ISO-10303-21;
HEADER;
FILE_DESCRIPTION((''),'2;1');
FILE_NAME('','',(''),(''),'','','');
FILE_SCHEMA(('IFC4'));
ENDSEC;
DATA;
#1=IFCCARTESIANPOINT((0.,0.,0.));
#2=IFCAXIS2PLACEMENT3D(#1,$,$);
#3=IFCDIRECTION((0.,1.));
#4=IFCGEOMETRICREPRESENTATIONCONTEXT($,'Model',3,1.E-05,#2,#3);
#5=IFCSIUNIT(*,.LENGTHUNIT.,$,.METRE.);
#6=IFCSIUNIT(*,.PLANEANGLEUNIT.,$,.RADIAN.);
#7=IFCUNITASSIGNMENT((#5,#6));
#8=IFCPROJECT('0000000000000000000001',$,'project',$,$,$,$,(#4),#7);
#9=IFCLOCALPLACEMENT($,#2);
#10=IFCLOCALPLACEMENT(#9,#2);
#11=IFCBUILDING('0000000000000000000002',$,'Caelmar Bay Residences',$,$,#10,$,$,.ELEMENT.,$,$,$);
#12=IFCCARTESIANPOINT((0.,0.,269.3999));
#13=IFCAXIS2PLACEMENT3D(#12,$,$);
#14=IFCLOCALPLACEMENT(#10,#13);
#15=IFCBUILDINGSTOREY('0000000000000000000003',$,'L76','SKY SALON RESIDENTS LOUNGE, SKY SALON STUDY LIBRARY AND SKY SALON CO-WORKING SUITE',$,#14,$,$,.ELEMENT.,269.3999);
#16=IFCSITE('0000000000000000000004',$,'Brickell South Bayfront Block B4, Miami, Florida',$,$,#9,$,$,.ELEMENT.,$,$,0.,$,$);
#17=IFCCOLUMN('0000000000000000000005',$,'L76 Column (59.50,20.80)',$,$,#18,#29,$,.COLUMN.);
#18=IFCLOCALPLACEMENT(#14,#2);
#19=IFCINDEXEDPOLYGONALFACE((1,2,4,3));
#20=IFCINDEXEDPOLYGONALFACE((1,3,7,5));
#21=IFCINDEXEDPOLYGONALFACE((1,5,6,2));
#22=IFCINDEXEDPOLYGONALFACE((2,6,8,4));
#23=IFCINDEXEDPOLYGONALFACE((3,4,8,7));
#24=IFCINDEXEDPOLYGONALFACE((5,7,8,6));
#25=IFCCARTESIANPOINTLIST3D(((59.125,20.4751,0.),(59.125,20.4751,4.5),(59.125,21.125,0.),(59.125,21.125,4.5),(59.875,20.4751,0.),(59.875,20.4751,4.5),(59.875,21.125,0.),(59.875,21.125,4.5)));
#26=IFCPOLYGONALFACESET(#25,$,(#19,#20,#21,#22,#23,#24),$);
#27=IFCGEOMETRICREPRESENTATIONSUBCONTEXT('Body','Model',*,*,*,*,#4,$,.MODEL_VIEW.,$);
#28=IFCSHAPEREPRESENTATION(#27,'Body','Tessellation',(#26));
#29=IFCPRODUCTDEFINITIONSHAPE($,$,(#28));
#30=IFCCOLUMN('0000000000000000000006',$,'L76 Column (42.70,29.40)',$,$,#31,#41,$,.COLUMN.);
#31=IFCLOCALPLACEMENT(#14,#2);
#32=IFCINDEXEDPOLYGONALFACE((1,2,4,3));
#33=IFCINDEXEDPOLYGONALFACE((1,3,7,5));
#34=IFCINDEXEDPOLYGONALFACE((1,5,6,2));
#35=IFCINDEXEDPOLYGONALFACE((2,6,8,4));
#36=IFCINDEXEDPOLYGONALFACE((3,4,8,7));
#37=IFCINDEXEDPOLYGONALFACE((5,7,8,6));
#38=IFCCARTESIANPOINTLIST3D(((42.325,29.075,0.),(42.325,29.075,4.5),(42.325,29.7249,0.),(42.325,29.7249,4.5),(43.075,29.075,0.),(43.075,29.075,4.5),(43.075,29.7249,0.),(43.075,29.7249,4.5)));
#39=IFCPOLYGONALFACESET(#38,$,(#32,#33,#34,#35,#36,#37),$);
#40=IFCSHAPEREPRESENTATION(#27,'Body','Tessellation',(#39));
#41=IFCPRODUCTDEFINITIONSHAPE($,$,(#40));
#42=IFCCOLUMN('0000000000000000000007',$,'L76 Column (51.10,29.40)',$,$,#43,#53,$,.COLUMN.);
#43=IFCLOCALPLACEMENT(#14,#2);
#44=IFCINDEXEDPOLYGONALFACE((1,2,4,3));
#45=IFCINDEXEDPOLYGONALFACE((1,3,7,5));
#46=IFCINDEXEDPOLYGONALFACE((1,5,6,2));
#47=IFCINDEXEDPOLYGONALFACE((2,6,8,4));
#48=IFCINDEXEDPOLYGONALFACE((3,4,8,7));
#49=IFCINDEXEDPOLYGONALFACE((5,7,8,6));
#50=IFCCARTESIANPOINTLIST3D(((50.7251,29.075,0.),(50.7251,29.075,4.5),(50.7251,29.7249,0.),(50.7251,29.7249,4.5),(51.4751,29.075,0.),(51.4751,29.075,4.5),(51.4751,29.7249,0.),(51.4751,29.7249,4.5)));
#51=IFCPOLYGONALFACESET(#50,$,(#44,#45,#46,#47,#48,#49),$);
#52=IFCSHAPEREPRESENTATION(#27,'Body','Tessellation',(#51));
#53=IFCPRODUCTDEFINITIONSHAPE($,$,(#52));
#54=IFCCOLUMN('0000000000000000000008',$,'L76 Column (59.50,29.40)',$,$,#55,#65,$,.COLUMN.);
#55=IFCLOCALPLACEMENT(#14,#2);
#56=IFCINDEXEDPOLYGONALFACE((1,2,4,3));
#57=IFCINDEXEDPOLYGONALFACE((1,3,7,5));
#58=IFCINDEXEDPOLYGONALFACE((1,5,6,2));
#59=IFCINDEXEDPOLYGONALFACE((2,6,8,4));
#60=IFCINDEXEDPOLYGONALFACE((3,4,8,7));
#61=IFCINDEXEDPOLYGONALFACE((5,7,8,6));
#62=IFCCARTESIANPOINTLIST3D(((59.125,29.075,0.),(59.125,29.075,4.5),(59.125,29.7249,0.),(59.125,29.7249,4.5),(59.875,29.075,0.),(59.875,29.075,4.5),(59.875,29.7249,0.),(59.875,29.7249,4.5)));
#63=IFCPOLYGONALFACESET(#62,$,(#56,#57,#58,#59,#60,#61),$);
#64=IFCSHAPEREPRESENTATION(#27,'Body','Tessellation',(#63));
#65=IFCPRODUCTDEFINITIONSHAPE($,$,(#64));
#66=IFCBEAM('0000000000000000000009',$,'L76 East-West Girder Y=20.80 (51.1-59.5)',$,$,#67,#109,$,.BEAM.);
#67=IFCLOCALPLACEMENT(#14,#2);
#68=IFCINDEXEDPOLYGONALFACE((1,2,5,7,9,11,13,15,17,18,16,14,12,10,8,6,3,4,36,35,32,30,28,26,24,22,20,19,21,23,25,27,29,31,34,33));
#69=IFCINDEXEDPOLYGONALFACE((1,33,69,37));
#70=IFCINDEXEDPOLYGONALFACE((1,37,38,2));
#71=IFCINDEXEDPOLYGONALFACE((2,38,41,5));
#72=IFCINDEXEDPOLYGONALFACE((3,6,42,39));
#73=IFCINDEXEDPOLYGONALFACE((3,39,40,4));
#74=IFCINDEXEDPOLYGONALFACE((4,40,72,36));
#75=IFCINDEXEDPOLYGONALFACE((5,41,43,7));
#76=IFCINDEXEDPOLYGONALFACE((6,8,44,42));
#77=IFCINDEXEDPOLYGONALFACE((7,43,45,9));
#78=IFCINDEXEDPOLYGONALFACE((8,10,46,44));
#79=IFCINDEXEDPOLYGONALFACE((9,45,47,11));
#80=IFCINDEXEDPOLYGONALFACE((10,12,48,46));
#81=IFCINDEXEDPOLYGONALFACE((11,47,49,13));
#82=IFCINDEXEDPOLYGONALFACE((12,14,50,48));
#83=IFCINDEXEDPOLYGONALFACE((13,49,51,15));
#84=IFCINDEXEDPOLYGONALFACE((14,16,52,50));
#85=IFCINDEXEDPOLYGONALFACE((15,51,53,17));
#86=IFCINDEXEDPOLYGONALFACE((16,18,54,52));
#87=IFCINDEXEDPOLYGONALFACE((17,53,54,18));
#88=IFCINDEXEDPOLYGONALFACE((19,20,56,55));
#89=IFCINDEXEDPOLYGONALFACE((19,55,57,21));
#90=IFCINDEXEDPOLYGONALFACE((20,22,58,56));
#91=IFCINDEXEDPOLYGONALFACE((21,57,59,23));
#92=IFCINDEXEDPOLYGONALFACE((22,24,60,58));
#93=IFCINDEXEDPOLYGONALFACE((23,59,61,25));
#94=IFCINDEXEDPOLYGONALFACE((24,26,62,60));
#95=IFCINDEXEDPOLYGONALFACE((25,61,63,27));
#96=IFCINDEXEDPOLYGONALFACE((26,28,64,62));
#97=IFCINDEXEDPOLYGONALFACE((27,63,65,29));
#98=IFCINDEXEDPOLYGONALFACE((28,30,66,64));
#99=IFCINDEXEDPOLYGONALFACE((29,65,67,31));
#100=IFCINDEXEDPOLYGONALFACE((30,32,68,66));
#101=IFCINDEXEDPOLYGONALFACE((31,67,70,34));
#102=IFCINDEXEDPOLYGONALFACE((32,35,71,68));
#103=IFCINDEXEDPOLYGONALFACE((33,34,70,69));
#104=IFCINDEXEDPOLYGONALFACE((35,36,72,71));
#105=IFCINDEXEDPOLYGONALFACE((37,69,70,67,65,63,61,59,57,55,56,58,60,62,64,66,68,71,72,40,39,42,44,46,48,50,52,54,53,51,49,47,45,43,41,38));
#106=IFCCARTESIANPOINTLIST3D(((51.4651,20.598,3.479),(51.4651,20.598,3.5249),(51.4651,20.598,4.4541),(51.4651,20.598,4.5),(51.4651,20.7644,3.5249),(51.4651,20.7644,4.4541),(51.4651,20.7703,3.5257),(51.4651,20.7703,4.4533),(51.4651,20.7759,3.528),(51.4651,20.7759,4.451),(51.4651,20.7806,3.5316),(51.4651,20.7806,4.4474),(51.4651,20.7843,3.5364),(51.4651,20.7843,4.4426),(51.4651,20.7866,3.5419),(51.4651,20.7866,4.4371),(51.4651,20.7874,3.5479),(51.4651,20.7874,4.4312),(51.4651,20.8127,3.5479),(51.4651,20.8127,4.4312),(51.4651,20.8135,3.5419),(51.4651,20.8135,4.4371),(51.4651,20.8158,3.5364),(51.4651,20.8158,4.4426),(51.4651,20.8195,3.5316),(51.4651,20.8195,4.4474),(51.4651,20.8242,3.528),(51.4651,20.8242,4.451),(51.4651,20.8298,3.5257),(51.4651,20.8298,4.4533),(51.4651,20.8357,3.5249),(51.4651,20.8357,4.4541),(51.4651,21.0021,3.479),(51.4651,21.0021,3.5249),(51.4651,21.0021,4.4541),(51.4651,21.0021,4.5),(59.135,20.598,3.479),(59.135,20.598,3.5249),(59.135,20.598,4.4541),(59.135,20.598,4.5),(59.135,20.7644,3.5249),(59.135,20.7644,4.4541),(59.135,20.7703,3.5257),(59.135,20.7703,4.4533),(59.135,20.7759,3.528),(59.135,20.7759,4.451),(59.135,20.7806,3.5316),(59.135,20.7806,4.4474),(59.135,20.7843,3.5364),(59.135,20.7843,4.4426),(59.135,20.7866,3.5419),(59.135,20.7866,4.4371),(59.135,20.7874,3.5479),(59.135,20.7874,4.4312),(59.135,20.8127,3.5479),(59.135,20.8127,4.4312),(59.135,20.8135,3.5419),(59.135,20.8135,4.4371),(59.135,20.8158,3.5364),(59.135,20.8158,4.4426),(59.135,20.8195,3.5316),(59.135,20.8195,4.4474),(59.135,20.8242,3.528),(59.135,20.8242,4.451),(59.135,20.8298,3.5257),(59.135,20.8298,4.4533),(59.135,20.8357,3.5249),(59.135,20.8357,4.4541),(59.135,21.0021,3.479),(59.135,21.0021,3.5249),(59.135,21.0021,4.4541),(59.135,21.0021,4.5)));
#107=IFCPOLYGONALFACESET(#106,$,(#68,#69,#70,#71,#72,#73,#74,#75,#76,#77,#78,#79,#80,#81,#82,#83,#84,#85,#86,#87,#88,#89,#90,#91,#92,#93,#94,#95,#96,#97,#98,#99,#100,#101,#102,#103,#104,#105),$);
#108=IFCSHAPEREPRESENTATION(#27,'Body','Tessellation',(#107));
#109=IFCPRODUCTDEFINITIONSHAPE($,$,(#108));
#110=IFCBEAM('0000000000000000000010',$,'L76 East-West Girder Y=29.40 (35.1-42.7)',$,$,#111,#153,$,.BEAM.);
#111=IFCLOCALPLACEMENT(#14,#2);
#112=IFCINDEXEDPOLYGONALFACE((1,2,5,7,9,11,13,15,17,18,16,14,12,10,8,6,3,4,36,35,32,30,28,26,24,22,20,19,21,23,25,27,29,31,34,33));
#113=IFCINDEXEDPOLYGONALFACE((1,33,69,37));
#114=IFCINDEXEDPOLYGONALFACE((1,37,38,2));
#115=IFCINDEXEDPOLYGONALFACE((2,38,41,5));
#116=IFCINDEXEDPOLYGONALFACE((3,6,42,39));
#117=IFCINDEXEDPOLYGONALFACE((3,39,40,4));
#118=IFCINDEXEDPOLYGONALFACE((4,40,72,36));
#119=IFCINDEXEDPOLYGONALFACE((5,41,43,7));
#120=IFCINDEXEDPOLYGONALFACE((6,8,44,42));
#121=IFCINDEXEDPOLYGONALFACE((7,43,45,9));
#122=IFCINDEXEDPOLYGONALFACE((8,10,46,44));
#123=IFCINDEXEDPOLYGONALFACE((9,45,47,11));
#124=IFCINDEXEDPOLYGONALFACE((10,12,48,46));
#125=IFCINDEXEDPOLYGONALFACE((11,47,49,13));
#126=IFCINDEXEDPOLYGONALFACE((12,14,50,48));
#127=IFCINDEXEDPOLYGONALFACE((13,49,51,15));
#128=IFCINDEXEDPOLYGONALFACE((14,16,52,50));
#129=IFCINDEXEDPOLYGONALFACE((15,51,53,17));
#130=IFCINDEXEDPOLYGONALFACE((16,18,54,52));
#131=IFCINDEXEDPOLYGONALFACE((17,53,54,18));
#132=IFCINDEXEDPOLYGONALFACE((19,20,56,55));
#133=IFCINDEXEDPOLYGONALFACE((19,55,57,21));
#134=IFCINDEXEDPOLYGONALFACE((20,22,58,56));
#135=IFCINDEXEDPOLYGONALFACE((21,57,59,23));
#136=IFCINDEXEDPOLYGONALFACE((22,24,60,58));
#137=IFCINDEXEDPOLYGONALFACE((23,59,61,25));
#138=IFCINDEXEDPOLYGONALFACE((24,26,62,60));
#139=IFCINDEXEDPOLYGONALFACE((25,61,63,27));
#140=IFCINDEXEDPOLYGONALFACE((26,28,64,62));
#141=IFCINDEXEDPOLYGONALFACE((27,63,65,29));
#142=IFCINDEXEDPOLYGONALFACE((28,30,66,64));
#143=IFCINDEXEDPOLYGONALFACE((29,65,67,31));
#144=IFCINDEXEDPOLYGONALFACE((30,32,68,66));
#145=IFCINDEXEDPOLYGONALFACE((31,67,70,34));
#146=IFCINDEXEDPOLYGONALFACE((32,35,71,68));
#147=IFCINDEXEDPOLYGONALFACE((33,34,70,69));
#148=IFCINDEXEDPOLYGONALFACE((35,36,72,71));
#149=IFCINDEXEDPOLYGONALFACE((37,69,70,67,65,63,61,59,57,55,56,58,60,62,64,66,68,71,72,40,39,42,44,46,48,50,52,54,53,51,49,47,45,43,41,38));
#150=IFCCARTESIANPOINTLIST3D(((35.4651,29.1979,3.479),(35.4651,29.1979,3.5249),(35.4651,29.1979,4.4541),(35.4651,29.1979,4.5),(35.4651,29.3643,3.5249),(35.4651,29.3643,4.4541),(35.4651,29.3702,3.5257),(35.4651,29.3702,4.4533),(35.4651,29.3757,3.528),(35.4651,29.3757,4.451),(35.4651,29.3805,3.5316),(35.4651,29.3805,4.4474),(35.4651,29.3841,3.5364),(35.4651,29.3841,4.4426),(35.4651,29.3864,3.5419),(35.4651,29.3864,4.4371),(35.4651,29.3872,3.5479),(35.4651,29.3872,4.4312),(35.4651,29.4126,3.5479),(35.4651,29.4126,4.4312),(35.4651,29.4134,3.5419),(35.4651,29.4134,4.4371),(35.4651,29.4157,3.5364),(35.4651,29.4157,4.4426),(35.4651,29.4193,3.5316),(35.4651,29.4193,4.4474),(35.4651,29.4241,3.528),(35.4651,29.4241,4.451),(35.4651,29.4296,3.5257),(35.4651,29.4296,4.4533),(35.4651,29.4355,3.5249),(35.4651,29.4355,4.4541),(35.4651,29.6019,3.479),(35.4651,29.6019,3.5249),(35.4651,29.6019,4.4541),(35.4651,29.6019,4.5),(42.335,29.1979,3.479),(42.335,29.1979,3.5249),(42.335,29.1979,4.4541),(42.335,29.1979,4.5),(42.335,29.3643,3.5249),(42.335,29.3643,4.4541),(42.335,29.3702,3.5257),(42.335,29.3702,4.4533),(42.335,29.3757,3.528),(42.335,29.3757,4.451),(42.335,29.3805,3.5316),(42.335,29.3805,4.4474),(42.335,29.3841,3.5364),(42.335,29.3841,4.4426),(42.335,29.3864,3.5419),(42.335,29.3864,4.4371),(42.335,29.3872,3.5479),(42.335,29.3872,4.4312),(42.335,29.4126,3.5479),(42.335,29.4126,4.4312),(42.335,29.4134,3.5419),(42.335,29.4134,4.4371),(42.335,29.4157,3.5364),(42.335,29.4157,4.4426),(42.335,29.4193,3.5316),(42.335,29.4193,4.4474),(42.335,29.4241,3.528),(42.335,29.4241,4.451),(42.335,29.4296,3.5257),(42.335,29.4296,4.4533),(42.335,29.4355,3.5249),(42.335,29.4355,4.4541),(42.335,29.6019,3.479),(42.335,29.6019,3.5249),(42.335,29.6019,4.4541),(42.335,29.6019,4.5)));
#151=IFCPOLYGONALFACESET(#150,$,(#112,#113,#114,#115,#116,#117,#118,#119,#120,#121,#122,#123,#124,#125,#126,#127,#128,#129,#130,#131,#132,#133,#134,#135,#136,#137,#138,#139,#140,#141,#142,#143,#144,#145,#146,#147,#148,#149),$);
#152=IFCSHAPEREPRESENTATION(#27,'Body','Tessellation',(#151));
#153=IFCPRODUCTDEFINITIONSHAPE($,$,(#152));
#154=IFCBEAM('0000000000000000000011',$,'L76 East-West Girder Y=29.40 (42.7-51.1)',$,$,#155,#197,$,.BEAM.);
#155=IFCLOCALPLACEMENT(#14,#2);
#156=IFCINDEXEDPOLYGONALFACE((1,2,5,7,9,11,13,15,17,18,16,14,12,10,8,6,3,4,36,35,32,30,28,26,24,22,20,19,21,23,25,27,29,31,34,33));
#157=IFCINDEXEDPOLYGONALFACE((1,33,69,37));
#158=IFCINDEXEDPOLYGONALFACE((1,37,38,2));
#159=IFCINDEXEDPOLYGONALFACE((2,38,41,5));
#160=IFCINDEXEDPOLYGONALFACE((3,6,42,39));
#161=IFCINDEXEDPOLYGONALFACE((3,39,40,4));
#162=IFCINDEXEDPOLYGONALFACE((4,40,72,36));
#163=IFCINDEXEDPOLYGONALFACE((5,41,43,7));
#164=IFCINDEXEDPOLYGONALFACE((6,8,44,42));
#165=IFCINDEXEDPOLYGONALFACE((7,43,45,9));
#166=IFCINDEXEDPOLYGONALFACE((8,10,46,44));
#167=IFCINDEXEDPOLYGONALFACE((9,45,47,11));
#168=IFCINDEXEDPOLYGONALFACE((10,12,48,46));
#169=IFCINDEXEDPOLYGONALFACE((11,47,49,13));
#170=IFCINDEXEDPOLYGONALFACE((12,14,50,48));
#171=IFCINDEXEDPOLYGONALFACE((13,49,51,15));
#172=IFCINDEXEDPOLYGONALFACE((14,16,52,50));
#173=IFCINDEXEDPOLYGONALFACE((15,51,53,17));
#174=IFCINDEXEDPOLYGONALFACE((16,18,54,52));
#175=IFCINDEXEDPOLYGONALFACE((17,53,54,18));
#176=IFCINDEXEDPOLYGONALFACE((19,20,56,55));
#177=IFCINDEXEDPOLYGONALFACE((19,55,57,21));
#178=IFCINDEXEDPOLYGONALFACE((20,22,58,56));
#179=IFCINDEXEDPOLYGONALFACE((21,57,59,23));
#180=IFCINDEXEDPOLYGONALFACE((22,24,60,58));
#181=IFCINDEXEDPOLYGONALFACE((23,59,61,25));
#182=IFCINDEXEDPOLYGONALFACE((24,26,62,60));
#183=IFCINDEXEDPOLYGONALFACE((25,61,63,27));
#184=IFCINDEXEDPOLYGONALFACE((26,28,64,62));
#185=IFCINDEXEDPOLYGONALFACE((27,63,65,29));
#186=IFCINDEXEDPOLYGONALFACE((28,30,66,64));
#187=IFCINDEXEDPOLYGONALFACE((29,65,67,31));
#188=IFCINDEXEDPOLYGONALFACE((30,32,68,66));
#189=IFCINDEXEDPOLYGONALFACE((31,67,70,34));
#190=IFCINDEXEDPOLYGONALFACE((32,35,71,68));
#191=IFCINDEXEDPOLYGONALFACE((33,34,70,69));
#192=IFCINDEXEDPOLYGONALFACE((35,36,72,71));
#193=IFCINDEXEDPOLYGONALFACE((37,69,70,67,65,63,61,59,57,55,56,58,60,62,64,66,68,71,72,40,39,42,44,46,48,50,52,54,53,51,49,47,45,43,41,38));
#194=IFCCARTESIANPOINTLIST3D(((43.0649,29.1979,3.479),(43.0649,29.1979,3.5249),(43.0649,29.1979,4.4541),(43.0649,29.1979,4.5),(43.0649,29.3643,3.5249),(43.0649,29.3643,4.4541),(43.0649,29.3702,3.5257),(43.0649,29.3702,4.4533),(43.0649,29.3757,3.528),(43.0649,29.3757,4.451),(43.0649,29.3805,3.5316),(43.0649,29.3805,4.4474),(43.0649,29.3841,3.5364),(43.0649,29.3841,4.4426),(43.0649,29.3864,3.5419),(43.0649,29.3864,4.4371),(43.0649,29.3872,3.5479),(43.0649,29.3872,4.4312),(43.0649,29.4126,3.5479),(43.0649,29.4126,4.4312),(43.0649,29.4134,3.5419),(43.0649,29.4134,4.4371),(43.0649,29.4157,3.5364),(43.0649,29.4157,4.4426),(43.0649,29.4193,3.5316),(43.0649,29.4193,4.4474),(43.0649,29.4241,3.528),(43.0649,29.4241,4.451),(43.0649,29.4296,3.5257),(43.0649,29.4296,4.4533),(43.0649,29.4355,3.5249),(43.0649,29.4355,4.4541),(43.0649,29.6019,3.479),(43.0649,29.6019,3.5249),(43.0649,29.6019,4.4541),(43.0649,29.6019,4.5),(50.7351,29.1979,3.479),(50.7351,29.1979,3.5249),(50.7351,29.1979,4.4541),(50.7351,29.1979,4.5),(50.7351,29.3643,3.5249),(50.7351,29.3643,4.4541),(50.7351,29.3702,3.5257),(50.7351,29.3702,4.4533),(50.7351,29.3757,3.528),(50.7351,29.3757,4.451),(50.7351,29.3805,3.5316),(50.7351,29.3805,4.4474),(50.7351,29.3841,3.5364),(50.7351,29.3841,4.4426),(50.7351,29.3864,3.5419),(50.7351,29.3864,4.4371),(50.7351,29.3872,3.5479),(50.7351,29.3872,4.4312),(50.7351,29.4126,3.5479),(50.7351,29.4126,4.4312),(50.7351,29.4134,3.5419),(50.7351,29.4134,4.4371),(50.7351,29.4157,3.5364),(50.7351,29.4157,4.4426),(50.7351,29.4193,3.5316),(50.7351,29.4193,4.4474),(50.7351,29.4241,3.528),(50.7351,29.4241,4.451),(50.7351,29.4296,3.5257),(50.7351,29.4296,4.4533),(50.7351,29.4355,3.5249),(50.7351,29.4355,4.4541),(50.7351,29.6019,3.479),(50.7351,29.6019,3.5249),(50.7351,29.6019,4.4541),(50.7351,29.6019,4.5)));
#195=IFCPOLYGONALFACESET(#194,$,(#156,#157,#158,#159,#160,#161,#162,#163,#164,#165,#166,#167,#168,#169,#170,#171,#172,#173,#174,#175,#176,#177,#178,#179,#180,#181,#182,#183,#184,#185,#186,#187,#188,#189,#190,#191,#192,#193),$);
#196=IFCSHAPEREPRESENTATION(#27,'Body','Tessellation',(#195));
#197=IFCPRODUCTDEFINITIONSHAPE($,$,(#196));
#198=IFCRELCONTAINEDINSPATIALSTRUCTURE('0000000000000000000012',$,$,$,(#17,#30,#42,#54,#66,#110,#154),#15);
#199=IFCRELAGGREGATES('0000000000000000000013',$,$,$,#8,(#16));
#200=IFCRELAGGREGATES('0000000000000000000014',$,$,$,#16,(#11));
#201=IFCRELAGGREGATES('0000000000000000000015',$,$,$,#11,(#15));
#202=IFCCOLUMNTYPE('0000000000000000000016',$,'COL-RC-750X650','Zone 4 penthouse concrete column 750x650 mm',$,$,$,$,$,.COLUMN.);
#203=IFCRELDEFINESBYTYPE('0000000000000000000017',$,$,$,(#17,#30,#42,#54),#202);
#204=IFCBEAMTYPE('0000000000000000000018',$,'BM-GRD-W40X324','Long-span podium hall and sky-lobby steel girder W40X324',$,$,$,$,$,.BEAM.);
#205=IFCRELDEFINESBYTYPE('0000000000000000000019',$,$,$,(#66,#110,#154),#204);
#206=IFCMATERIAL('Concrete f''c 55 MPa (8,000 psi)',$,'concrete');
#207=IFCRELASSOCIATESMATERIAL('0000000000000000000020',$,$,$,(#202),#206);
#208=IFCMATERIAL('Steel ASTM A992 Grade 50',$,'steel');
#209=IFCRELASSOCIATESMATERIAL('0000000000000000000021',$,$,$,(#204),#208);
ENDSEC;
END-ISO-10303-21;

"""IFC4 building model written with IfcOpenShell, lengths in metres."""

from ifc_helpers import new_model, si_unit, direction, frame, origin, origin_2d, place, context, subcontext, project, spatial, rectangle, i_section, extrude, material, material_profile, profile_set, type_object, element, save


model = new_model("IFC4")

# Units and contexts
model_context = context("Model", 3, precision=1e-05, world=origin(), true_north=direction((0.0, 1.0)))
body_context = subcontext(model_context, "Body", "Model", "MODEL_VIEW")
ifc_project = project(units=[si_unit("LENGTHUNIT", "METRE"), si_unit("PLANEANGLEUNIT", "RADIAN")], contexts=[model_context])

# Site, building, storey
site_placement = place(None, origin())
site = spatial("IfcSite", under=ifc_project, at=site_placement, Name="Brickell South Bayfront Block B4, Miami, Florida", CompositionType="ELEMENT", RefElevation=0.0)
building_placement = place(site_placement, origin())
building = spatial("IfcBuilding", under=site, at=building_placement, Name="Caelmar Bay Residences", CompositionType="ELEMENT")
storey_placement = place(building_placement, frame((0.0, 0.0, 269.3999)))
storey = spatial("IfcBuildingStorey", under=building, at=storey_placement, Name="L76", Description="SKY SALON RESIDENTS LOUNGE, SKY SALON STUDY LIBRARY AND SKY SALON CO-WORKING SUITE", CompositionType="ELEMENT", Elevation=269.3999)

# Columns
ifc_material_1 = material(Name="Concrete f'c 55 MPa (8,000 psi)", Category="concrete")
ifc_material_profile_1 = material_profile(ifc_material_1, rectangle(XDim=0.75, YDim=0.6499, at=origin_2d()), Name="RC-COL-750X650")
ifc_profile_set_1 = profile_set([ifc_material_profile_1], Name="Concrete f'c 55 MPa (8,000 psi)")
column_type = type_object("IfcColumnType", Name="COL-RC-750X650", Description="Zone 4 penthouse concrete column 750x650 mm", PredefinedType="COLUMN", material=ifc_profile_set_1)
for number, where, z_axis, x_axis, name in (
    (1, (59.5, 20.8, 0.0), (0.0, 0.0, 1.0), (1.0, 0.0, 0.0), "L76 Column (59.50,20.80)"),
    (2, (42.7, 29.3999, 0.0), (0.0, 0.0, 1.0), (1.0, 0.0, 0.0), "L76 Column (42.70,29.40)"),
    (3, (51.1001, 29.3999, 0.0), (0.0, 0.0, 1.0), (1.0, 0.0, 0.0), "L76 Column (51.10,29.40)"),
    (4, (59.5, 29.3999, 0.0), (0.0, 0.0, 1.0), (1.0, 0.0, 0.0), "L76 Column (59.50,29.40)"),
):
    element("IfcColumn", number, at=place(storey_placement, frame(where, z_axis=z_axis, x_axis=x_axis)), inside=storey, type_object=column_type, Name=name, PredefinedType="COLUMN", context=body_context, shape_type="SweptSolid", body=[
        extrude(rectangle(XDim=0.75, YDim=0.6499, at=origin_2d()), origin(), (0.0, 0.0, 1.0), 4.5),
    ])

# Beams
ifc_material_2 = material(Name="Steel ASTM A992 Grade 50", Category="steel")
ifc_material_profile_2 = material_profile(ifc_material_2, i_section(OverallWidth=0.4041, OverallDepth=1.021, WebThickness=0.0254, FlangeThickness=0.0459, FilletRadius=0.0229, at=origin_2d()), Name="W40X324")
ifc_profile_set_2 = profile_set([ifc_material_profile_2], Name="Steel ASTM A992 Grade 50")
beam_type_1 = type_object("IfcBeamType", Name="BM-GRD-W40X324", Description="Long-span podium hall and sky-lobby steel girder W40X324", PredefinedType="BEAM", material=ifc_profile_set_2)
beam_1_placement = place(storey_placement, frame((51.4651, 20.8, 3.9895), z_axis=(1.0, 0.0, 0.0), x_axis=(0.0, 1.0, 0.0)))
element("IfcBeam", 5, at=beam_1_placement, inside=storey, type_object=beam_type_1, Name="L76 East-West Girder Y=20.80 (51.1-59.5)", PredefinedType="BEAM", context=body_context, shape_type="SweptSolid", body=[
    extrude(i_section(OverallWidth=0.4041, OverallDepth=1.021, WebThickness=0.0254, FlangeThickness=0.0459, FilletRadius=0.0229, at=origin_2d()), origin(), (0.0, 0.0, 1.0), 7.6699),
])
beam_2_placement = place(storey_placement, frame((35.4651, 29.3999, 3.9895), z_axis=(1.0, 0.0, 0.0), x_axis=(0.0, 1.0, 0.0)))
element("IfcBeam", 6, at=beam_2_placement, inside=storey, type_object=beam_type_1, Name="L76 East-West Girder Y=29.40 (35.1-42.7)", PredefinedType="BEAM", context=body_context, shape_type="SweptSolid", body=[
    extrude(i_section(OverallWidth=0.4041, OverallDepth=1.021, WebThickness=0.0254, FlangeThickness=0.0459, FilletRadius=0.0229, at=origin_2d()), origin(), (0.0, 0.0, 1.0), 6.8699),
])
beam_3_placement = place(storey_placement, frame((43.0649, 29.3999, 3.9895), z_axis=(1.0, 0.0, 0.0), x_axis=(0.0, 1.0, 0.0)))
element("IfcBeam", 7, at=beam_3_placement, inside=storey, type_object=beam_type_1, Name="L76 East-West Girder Y=29.40 (42.7-51.1)", PredefinedType="BEAM", context=body_context, shape_type="SweptSolid", body=[
    extrude(i_section(OverallWidth=0.4041, OverallDepth=1.021, WebThickness=0.0254, FlangeThickness=0.0459, FilletRadius=0.0229, at=origin_2d()), origin(), (0.0, 0.0, 1.0), 7.6702),
])

save(model, "model.ifc")
